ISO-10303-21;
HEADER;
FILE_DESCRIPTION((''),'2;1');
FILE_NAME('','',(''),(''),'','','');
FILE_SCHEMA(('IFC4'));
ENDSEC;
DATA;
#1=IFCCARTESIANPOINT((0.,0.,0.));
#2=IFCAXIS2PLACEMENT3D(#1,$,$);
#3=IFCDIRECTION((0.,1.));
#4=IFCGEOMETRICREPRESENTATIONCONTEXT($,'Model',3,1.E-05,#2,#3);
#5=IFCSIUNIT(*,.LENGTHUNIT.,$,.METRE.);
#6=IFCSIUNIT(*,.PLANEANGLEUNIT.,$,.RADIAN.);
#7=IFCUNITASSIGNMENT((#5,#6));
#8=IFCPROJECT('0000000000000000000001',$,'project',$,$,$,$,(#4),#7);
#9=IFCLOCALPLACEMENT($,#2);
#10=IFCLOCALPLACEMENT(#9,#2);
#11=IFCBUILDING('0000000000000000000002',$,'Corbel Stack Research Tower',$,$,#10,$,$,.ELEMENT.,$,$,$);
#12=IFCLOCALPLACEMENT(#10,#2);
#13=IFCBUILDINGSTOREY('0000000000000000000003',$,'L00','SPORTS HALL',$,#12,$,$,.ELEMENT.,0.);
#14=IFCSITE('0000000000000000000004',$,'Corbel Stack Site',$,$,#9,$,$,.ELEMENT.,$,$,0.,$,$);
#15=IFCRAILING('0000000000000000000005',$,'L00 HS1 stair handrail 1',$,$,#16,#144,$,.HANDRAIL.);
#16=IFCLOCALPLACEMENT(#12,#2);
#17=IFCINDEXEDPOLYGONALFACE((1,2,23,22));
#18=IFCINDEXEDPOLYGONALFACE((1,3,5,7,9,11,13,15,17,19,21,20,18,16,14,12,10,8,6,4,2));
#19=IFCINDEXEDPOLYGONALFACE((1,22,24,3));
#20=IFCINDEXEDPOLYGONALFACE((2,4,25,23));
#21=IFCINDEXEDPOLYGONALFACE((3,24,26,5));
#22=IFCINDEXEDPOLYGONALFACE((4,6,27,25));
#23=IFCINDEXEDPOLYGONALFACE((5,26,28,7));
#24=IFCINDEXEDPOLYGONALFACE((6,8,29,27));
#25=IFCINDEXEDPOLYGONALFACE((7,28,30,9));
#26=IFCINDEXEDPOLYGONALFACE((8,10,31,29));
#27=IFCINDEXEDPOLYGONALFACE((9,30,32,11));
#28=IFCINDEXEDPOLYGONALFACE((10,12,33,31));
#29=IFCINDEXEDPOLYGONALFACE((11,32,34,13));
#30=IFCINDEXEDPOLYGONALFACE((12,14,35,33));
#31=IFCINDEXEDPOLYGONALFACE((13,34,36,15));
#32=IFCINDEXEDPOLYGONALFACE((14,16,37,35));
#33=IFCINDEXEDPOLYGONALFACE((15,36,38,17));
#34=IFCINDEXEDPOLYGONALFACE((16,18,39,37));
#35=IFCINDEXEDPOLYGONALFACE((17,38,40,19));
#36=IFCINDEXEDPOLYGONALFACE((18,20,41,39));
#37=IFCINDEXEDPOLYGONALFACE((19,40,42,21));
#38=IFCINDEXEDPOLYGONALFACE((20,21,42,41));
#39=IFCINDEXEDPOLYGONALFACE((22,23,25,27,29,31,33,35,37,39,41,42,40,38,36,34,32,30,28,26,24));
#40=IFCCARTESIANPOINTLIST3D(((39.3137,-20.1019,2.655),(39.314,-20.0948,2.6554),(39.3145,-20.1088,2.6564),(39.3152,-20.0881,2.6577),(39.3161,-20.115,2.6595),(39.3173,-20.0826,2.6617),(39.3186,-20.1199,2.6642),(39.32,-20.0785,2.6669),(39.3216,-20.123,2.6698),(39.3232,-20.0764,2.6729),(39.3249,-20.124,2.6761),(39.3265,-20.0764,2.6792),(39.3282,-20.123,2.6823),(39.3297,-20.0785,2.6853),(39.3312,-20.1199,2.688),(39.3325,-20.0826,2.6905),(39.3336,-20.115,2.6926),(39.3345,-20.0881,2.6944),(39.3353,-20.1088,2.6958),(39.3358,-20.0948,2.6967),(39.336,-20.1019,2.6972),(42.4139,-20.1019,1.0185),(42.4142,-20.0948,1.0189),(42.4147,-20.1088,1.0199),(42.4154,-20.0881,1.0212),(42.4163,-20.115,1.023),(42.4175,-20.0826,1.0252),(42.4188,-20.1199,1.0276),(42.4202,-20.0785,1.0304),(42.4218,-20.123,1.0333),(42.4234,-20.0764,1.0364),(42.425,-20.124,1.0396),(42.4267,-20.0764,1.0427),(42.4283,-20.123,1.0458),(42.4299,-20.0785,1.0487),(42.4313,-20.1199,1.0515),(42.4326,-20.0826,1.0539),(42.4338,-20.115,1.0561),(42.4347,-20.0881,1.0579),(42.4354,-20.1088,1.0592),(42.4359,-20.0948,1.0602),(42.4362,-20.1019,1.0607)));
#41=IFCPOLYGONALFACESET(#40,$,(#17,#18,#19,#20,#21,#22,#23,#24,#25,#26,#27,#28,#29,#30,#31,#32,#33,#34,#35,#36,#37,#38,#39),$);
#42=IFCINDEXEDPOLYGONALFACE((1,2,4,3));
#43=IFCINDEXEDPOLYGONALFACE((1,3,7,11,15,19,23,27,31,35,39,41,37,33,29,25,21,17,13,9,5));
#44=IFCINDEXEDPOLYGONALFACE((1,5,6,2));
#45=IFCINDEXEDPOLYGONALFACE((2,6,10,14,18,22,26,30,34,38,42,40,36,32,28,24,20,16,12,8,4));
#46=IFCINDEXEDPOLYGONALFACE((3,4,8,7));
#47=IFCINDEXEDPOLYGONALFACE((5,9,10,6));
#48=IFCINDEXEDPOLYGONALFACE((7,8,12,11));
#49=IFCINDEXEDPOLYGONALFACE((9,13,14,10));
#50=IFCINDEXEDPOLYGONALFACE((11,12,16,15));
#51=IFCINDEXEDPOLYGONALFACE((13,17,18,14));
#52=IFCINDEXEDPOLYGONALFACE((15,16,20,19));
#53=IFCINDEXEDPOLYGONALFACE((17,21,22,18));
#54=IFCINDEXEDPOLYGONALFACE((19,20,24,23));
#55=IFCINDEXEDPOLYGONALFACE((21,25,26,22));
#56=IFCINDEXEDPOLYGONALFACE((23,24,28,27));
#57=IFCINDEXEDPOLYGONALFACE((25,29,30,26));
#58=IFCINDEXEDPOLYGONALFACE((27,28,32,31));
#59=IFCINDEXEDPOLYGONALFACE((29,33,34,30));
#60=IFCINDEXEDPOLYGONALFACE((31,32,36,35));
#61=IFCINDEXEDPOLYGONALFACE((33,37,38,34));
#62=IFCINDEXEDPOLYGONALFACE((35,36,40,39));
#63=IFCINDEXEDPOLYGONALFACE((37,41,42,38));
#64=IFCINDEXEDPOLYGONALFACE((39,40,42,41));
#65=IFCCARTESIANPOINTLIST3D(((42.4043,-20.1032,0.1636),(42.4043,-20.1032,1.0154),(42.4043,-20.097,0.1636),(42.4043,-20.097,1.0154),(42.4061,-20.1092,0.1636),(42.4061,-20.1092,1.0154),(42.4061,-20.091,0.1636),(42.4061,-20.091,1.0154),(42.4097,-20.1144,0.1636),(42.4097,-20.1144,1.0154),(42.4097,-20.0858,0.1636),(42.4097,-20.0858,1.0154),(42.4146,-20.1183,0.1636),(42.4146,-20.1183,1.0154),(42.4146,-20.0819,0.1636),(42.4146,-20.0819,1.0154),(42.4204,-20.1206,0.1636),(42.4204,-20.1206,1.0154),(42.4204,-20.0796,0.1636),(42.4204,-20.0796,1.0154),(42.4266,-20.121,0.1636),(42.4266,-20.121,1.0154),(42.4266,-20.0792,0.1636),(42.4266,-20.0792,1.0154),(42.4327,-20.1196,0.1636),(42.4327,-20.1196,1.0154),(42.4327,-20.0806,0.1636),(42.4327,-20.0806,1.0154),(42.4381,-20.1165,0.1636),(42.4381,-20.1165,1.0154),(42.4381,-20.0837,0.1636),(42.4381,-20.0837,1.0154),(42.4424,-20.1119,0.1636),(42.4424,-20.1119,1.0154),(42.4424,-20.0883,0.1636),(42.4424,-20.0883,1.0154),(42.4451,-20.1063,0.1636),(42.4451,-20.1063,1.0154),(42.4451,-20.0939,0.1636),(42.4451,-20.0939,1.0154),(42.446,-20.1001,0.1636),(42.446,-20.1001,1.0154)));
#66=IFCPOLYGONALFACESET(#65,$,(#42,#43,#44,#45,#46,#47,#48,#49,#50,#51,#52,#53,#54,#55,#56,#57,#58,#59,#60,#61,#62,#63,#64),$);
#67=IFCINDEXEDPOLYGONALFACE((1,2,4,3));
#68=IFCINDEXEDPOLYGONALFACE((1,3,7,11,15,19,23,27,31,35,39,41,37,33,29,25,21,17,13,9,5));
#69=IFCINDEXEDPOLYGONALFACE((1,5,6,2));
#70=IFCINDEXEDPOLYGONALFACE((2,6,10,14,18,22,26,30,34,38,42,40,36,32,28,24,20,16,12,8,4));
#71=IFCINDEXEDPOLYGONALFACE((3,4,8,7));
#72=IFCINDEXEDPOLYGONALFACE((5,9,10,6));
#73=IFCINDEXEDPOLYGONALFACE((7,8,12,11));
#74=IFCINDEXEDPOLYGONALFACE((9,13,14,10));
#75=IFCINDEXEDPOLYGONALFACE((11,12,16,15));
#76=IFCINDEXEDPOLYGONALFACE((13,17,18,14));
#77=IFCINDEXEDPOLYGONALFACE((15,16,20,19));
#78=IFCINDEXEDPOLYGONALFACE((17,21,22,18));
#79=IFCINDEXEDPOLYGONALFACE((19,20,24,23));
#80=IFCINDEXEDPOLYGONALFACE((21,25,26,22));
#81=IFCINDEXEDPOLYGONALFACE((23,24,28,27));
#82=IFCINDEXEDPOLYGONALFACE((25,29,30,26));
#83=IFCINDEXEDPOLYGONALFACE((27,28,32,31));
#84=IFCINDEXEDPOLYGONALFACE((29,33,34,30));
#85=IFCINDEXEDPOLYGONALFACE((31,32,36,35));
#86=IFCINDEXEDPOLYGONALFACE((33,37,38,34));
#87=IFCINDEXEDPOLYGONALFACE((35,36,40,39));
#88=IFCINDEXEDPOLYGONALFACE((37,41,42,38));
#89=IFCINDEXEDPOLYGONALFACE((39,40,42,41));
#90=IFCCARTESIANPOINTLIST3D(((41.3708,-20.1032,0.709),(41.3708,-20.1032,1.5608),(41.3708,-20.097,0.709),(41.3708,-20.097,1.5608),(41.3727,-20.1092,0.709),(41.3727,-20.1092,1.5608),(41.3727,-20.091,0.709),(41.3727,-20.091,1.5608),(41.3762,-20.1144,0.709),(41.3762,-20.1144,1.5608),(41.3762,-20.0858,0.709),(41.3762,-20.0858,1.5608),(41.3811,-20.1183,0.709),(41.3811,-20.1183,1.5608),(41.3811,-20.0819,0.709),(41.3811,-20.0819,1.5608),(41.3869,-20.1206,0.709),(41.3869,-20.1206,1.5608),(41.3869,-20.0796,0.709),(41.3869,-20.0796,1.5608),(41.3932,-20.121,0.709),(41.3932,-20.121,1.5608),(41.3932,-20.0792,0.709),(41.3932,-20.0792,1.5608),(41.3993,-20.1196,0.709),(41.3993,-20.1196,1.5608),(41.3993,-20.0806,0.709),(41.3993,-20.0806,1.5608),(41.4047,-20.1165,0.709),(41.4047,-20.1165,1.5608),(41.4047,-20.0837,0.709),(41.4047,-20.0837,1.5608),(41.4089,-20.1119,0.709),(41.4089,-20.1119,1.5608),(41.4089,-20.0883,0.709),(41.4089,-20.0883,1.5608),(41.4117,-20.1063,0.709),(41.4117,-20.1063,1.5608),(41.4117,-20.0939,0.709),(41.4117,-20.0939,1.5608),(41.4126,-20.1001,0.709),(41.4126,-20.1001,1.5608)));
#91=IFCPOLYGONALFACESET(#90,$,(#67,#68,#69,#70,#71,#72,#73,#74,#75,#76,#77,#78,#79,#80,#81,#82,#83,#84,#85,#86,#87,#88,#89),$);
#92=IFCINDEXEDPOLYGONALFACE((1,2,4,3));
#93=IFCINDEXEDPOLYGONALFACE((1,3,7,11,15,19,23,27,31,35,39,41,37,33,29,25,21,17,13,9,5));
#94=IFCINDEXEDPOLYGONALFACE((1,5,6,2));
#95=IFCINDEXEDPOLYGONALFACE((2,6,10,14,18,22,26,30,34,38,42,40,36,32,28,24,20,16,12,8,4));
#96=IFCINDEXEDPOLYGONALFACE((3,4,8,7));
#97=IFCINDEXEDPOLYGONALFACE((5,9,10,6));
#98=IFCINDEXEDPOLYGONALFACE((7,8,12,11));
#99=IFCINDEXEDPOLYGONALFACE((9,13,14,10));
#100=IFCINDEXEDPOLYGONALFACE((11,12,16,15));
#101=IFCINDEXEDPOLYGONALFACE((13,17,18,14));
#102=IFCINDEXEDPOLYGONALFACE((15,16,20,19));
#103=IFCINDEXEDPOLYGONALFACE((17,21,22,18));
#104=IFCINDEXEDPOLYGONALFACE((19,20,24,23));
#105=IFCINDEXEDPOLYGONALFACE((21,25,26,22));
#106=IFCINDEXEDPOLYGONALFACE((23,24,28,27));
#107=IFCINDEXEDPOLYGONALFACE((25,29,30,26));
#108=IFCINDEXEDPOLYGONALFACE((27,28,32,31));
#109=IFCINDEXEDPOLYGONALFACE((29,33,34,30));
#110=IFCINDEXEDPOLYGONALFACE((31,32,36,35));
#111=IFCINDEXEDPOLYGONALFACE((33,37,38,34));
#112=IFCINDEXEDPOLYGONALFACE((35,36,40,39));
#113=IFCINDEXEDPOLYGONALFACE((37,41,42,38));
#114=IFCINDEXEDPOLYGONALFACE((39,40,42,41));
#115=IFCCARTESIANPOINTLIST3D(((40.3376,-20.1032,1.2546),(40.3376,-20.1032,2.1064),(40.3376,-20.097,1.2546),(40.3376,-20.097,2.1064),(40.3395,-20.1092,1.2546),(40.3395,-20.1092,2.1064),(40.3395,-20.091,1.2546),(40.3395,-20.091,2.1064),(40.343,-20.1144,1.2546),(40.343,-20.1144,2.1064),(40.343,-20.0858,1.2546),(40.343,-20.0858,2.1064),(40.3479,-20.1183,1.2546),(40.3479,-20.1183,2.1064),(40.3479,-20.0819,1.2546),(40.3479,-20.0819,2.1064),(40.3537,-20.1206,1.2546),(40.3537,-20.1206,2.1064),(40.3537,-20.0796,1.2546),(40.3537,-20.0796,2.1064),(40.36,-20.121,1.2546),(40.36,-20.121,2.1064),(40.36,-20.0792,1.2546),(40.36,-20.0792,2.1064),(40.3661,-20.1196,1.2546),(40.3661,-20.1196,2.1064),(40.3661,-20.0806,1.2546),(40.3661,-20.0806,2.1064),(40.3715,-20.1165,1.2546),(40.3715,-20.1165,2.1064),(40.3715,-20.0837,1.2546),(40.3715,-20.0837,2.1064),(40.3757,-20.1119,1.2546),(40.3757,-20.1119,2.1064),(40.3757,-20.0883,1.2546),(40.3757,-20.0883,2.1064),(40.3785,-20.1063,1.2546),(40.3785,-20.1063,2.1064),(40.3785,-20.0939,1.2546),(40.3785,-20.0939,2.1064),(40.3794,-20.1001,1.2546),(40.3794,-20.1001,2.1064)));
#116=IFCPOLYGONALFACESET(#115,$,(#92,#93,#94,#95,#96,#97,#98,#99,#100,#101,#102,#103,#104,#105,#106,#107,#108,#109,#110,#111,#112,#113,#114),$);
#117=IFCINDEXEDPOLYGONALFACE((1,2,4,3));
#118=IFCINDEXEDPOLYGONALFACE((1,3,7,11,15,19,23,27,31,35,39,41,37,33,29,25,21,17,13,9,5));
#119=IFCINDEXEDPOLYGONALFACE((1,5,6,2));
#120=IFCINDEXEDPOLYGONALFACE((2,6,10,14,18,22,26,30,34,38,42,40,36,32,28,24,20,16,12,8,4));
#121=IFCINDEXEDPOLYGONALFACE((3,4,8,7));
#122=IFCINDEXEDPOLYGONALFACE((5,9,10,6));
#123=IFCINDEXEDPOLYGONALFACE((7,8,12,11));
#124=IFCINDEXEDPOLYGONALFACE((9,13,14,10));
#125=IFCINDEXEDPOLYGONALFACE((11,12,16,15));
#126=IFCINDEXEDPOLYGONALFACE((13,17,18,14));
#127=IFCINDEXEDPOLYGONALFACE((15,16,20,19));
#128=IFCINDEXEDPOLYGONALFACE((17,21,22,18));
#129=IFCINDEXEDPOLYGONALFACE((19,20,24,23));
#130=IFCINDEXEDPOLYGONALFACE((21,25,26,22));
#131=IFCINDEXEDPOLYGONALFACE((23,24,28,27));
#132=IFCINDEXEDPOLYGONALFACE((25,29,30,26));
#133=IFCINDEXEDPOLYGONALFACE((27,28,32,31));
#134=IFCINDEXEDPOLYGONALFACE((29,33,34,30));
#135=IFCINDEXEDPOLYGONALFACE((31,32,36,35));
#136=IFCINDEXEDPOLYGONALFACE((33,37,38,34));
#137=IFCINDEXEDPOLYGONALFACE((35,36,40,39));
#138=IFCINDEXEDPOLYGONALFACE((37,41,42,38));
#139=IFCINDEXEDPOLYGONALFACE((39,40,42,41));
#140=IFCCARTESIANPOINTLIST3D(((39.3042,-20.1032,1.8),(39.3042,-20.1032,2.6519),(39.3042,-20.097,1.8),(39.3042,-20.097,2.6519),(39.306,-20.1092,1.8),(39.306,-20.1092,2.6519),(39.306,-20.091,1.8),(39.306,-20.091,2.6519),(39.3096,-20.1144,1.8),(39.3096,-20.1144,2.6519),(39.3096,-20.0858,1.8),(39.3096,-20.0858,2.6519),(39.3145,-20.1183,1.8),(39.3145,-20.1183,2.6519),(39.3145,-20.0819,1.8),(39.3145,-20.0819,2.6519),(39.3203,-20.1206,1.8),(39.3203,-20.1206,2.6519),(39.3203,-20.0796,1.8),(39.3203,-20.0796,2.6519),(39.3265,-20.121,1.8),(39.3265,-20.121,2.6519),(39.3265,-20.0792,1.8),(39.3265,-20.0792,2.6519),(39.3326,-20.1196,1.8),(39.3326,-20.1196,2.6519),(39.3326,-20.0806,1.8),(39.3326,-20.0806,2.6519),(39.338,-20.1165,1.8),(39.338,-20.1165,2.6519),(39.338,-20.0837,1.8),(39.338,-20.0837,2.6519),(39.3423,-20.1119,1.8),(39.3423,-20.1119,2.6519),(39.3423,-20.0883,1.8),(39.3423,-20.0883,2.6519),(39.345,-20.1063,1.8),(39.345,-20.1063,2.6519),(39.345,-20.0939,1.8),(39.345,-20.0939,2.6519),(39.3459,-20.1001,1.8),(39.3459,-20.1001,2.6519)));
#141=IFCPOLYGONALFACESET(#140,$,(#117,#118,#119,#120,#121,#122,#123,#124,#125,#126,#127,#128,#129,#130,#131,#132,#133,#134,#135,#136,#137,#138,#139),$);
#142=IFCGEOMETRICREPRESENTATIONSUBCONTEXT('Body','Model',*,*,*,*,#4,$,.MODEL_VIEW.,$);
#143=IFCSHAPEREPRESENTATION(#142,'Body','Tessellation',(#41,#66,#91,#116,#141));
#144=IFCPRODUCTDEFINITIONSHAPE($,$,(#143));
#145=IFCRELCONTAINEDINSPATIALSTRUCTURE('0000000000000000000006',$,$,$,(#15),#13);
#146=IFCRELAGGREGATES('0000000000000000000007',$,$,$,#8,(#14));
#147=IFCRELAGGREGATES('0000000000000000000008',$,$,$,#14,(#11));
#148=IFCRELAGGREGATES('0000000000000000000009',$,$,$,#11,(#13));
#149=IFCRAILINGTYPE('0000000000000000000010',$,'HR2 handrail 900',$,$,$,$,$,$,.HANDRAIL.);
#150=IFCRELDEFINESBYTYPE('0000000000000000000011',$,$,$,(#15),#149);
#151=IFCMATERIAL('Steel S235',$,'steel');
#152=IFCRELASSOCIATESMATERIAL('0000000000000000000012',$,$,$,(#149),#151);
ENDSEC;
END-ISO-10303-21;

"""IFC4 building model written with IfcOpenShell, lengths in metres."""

from ifc_helpers import new_model, si_unit, direction, frame, origin, origin_2d, place, context, subcontext, project, spatial, circle, extrude, material, type_object, element, save


model = new_model("IFC4")

# Units and contexts
model_context = context("Model", 3, precision=1e-05, world=origin(), true_north=direction((0.0, 1.0)))
body_context = subcontext(model_context, "Body", "Model", "MODEL_VIEW")
ifc_project = project(units=[si_unit("LENGTHUNIT", "METRE"), si_unit("PLANEANGLEUNIT", "RADIAN")], contexts=[model_context])

# Site, building, storey
site_placement = place(None, origin())
site = spatial("IfcSite", under=ifc_project, at=site_placement, Name="Corbel Stack Site", CompositionType="ELEMENT", RefElevation=0.0)
building_placement = place(site_placement, origin())
building = spatial("IfcBuilding", under=site, at=building_placement, Name="Corbel Stack Research Tower", CompositionType="ELEMENT")
storey_placement = place(building_placement, origin())
storey = spatial("IfcBuildingStorey", under=building, at=storey_placement, Name="L00", Description="SPORTS HALL", CompositionType="ELEMENT", Elevation=0.0)

# Railing
ifc_material_1 = material(Name="Steel S235", Category="steel")
railing_type_1 = type_object("IfcRailingType", Name="HR2 handrail 900", PredefinedType="HANDRAIL", material=ifc_material_1)
railing_1_placement = place(storey_placement, frame((42.425, -20.1001, 0.1636)))
element("IfcRailing", 1, at=railing_1_placement, inside=storey, type_object=railing_type_1, Name="L00 HS1 stair handrail 1", PredefinedType="HANDRAIL", context=body_context, shape_type="SweptSolid", body=[
    extrude(circle(Radius=0.0239, at=origin_2d()), frame((0.0, 0.0, 0.876), z_axis=(-0.884348, 0.0, 0.466828), x_axis=(0.0, -1.0, 0.0)), (0.0, 0.0, 1.0), 3.5056),
    extrude(circle(Radius=0.021, at=origin_2d()), origin(), (0.0, 0.0, 1.0), 0.8518),
    extrude(circle(Radius=0.021, at=origin_2d()), frame((-1.0334, 0.0, 0.5454)), (0.0, 0.0, 1.0), 0.8518),
    extrude(circle(Radius=0.021, at=origin_2d()), frame((-2.0667, 0.0, 1.0911)), (0.0, 0.0, 1.0), 0.8518),
    extrude(circle(Radius=0.021, at=origin_2d()), frame((-3.1001, 0.0, 1.6365)), (0.0, 0.0, 1.0), 0.8518),
])

save(model, "model.ifc")
